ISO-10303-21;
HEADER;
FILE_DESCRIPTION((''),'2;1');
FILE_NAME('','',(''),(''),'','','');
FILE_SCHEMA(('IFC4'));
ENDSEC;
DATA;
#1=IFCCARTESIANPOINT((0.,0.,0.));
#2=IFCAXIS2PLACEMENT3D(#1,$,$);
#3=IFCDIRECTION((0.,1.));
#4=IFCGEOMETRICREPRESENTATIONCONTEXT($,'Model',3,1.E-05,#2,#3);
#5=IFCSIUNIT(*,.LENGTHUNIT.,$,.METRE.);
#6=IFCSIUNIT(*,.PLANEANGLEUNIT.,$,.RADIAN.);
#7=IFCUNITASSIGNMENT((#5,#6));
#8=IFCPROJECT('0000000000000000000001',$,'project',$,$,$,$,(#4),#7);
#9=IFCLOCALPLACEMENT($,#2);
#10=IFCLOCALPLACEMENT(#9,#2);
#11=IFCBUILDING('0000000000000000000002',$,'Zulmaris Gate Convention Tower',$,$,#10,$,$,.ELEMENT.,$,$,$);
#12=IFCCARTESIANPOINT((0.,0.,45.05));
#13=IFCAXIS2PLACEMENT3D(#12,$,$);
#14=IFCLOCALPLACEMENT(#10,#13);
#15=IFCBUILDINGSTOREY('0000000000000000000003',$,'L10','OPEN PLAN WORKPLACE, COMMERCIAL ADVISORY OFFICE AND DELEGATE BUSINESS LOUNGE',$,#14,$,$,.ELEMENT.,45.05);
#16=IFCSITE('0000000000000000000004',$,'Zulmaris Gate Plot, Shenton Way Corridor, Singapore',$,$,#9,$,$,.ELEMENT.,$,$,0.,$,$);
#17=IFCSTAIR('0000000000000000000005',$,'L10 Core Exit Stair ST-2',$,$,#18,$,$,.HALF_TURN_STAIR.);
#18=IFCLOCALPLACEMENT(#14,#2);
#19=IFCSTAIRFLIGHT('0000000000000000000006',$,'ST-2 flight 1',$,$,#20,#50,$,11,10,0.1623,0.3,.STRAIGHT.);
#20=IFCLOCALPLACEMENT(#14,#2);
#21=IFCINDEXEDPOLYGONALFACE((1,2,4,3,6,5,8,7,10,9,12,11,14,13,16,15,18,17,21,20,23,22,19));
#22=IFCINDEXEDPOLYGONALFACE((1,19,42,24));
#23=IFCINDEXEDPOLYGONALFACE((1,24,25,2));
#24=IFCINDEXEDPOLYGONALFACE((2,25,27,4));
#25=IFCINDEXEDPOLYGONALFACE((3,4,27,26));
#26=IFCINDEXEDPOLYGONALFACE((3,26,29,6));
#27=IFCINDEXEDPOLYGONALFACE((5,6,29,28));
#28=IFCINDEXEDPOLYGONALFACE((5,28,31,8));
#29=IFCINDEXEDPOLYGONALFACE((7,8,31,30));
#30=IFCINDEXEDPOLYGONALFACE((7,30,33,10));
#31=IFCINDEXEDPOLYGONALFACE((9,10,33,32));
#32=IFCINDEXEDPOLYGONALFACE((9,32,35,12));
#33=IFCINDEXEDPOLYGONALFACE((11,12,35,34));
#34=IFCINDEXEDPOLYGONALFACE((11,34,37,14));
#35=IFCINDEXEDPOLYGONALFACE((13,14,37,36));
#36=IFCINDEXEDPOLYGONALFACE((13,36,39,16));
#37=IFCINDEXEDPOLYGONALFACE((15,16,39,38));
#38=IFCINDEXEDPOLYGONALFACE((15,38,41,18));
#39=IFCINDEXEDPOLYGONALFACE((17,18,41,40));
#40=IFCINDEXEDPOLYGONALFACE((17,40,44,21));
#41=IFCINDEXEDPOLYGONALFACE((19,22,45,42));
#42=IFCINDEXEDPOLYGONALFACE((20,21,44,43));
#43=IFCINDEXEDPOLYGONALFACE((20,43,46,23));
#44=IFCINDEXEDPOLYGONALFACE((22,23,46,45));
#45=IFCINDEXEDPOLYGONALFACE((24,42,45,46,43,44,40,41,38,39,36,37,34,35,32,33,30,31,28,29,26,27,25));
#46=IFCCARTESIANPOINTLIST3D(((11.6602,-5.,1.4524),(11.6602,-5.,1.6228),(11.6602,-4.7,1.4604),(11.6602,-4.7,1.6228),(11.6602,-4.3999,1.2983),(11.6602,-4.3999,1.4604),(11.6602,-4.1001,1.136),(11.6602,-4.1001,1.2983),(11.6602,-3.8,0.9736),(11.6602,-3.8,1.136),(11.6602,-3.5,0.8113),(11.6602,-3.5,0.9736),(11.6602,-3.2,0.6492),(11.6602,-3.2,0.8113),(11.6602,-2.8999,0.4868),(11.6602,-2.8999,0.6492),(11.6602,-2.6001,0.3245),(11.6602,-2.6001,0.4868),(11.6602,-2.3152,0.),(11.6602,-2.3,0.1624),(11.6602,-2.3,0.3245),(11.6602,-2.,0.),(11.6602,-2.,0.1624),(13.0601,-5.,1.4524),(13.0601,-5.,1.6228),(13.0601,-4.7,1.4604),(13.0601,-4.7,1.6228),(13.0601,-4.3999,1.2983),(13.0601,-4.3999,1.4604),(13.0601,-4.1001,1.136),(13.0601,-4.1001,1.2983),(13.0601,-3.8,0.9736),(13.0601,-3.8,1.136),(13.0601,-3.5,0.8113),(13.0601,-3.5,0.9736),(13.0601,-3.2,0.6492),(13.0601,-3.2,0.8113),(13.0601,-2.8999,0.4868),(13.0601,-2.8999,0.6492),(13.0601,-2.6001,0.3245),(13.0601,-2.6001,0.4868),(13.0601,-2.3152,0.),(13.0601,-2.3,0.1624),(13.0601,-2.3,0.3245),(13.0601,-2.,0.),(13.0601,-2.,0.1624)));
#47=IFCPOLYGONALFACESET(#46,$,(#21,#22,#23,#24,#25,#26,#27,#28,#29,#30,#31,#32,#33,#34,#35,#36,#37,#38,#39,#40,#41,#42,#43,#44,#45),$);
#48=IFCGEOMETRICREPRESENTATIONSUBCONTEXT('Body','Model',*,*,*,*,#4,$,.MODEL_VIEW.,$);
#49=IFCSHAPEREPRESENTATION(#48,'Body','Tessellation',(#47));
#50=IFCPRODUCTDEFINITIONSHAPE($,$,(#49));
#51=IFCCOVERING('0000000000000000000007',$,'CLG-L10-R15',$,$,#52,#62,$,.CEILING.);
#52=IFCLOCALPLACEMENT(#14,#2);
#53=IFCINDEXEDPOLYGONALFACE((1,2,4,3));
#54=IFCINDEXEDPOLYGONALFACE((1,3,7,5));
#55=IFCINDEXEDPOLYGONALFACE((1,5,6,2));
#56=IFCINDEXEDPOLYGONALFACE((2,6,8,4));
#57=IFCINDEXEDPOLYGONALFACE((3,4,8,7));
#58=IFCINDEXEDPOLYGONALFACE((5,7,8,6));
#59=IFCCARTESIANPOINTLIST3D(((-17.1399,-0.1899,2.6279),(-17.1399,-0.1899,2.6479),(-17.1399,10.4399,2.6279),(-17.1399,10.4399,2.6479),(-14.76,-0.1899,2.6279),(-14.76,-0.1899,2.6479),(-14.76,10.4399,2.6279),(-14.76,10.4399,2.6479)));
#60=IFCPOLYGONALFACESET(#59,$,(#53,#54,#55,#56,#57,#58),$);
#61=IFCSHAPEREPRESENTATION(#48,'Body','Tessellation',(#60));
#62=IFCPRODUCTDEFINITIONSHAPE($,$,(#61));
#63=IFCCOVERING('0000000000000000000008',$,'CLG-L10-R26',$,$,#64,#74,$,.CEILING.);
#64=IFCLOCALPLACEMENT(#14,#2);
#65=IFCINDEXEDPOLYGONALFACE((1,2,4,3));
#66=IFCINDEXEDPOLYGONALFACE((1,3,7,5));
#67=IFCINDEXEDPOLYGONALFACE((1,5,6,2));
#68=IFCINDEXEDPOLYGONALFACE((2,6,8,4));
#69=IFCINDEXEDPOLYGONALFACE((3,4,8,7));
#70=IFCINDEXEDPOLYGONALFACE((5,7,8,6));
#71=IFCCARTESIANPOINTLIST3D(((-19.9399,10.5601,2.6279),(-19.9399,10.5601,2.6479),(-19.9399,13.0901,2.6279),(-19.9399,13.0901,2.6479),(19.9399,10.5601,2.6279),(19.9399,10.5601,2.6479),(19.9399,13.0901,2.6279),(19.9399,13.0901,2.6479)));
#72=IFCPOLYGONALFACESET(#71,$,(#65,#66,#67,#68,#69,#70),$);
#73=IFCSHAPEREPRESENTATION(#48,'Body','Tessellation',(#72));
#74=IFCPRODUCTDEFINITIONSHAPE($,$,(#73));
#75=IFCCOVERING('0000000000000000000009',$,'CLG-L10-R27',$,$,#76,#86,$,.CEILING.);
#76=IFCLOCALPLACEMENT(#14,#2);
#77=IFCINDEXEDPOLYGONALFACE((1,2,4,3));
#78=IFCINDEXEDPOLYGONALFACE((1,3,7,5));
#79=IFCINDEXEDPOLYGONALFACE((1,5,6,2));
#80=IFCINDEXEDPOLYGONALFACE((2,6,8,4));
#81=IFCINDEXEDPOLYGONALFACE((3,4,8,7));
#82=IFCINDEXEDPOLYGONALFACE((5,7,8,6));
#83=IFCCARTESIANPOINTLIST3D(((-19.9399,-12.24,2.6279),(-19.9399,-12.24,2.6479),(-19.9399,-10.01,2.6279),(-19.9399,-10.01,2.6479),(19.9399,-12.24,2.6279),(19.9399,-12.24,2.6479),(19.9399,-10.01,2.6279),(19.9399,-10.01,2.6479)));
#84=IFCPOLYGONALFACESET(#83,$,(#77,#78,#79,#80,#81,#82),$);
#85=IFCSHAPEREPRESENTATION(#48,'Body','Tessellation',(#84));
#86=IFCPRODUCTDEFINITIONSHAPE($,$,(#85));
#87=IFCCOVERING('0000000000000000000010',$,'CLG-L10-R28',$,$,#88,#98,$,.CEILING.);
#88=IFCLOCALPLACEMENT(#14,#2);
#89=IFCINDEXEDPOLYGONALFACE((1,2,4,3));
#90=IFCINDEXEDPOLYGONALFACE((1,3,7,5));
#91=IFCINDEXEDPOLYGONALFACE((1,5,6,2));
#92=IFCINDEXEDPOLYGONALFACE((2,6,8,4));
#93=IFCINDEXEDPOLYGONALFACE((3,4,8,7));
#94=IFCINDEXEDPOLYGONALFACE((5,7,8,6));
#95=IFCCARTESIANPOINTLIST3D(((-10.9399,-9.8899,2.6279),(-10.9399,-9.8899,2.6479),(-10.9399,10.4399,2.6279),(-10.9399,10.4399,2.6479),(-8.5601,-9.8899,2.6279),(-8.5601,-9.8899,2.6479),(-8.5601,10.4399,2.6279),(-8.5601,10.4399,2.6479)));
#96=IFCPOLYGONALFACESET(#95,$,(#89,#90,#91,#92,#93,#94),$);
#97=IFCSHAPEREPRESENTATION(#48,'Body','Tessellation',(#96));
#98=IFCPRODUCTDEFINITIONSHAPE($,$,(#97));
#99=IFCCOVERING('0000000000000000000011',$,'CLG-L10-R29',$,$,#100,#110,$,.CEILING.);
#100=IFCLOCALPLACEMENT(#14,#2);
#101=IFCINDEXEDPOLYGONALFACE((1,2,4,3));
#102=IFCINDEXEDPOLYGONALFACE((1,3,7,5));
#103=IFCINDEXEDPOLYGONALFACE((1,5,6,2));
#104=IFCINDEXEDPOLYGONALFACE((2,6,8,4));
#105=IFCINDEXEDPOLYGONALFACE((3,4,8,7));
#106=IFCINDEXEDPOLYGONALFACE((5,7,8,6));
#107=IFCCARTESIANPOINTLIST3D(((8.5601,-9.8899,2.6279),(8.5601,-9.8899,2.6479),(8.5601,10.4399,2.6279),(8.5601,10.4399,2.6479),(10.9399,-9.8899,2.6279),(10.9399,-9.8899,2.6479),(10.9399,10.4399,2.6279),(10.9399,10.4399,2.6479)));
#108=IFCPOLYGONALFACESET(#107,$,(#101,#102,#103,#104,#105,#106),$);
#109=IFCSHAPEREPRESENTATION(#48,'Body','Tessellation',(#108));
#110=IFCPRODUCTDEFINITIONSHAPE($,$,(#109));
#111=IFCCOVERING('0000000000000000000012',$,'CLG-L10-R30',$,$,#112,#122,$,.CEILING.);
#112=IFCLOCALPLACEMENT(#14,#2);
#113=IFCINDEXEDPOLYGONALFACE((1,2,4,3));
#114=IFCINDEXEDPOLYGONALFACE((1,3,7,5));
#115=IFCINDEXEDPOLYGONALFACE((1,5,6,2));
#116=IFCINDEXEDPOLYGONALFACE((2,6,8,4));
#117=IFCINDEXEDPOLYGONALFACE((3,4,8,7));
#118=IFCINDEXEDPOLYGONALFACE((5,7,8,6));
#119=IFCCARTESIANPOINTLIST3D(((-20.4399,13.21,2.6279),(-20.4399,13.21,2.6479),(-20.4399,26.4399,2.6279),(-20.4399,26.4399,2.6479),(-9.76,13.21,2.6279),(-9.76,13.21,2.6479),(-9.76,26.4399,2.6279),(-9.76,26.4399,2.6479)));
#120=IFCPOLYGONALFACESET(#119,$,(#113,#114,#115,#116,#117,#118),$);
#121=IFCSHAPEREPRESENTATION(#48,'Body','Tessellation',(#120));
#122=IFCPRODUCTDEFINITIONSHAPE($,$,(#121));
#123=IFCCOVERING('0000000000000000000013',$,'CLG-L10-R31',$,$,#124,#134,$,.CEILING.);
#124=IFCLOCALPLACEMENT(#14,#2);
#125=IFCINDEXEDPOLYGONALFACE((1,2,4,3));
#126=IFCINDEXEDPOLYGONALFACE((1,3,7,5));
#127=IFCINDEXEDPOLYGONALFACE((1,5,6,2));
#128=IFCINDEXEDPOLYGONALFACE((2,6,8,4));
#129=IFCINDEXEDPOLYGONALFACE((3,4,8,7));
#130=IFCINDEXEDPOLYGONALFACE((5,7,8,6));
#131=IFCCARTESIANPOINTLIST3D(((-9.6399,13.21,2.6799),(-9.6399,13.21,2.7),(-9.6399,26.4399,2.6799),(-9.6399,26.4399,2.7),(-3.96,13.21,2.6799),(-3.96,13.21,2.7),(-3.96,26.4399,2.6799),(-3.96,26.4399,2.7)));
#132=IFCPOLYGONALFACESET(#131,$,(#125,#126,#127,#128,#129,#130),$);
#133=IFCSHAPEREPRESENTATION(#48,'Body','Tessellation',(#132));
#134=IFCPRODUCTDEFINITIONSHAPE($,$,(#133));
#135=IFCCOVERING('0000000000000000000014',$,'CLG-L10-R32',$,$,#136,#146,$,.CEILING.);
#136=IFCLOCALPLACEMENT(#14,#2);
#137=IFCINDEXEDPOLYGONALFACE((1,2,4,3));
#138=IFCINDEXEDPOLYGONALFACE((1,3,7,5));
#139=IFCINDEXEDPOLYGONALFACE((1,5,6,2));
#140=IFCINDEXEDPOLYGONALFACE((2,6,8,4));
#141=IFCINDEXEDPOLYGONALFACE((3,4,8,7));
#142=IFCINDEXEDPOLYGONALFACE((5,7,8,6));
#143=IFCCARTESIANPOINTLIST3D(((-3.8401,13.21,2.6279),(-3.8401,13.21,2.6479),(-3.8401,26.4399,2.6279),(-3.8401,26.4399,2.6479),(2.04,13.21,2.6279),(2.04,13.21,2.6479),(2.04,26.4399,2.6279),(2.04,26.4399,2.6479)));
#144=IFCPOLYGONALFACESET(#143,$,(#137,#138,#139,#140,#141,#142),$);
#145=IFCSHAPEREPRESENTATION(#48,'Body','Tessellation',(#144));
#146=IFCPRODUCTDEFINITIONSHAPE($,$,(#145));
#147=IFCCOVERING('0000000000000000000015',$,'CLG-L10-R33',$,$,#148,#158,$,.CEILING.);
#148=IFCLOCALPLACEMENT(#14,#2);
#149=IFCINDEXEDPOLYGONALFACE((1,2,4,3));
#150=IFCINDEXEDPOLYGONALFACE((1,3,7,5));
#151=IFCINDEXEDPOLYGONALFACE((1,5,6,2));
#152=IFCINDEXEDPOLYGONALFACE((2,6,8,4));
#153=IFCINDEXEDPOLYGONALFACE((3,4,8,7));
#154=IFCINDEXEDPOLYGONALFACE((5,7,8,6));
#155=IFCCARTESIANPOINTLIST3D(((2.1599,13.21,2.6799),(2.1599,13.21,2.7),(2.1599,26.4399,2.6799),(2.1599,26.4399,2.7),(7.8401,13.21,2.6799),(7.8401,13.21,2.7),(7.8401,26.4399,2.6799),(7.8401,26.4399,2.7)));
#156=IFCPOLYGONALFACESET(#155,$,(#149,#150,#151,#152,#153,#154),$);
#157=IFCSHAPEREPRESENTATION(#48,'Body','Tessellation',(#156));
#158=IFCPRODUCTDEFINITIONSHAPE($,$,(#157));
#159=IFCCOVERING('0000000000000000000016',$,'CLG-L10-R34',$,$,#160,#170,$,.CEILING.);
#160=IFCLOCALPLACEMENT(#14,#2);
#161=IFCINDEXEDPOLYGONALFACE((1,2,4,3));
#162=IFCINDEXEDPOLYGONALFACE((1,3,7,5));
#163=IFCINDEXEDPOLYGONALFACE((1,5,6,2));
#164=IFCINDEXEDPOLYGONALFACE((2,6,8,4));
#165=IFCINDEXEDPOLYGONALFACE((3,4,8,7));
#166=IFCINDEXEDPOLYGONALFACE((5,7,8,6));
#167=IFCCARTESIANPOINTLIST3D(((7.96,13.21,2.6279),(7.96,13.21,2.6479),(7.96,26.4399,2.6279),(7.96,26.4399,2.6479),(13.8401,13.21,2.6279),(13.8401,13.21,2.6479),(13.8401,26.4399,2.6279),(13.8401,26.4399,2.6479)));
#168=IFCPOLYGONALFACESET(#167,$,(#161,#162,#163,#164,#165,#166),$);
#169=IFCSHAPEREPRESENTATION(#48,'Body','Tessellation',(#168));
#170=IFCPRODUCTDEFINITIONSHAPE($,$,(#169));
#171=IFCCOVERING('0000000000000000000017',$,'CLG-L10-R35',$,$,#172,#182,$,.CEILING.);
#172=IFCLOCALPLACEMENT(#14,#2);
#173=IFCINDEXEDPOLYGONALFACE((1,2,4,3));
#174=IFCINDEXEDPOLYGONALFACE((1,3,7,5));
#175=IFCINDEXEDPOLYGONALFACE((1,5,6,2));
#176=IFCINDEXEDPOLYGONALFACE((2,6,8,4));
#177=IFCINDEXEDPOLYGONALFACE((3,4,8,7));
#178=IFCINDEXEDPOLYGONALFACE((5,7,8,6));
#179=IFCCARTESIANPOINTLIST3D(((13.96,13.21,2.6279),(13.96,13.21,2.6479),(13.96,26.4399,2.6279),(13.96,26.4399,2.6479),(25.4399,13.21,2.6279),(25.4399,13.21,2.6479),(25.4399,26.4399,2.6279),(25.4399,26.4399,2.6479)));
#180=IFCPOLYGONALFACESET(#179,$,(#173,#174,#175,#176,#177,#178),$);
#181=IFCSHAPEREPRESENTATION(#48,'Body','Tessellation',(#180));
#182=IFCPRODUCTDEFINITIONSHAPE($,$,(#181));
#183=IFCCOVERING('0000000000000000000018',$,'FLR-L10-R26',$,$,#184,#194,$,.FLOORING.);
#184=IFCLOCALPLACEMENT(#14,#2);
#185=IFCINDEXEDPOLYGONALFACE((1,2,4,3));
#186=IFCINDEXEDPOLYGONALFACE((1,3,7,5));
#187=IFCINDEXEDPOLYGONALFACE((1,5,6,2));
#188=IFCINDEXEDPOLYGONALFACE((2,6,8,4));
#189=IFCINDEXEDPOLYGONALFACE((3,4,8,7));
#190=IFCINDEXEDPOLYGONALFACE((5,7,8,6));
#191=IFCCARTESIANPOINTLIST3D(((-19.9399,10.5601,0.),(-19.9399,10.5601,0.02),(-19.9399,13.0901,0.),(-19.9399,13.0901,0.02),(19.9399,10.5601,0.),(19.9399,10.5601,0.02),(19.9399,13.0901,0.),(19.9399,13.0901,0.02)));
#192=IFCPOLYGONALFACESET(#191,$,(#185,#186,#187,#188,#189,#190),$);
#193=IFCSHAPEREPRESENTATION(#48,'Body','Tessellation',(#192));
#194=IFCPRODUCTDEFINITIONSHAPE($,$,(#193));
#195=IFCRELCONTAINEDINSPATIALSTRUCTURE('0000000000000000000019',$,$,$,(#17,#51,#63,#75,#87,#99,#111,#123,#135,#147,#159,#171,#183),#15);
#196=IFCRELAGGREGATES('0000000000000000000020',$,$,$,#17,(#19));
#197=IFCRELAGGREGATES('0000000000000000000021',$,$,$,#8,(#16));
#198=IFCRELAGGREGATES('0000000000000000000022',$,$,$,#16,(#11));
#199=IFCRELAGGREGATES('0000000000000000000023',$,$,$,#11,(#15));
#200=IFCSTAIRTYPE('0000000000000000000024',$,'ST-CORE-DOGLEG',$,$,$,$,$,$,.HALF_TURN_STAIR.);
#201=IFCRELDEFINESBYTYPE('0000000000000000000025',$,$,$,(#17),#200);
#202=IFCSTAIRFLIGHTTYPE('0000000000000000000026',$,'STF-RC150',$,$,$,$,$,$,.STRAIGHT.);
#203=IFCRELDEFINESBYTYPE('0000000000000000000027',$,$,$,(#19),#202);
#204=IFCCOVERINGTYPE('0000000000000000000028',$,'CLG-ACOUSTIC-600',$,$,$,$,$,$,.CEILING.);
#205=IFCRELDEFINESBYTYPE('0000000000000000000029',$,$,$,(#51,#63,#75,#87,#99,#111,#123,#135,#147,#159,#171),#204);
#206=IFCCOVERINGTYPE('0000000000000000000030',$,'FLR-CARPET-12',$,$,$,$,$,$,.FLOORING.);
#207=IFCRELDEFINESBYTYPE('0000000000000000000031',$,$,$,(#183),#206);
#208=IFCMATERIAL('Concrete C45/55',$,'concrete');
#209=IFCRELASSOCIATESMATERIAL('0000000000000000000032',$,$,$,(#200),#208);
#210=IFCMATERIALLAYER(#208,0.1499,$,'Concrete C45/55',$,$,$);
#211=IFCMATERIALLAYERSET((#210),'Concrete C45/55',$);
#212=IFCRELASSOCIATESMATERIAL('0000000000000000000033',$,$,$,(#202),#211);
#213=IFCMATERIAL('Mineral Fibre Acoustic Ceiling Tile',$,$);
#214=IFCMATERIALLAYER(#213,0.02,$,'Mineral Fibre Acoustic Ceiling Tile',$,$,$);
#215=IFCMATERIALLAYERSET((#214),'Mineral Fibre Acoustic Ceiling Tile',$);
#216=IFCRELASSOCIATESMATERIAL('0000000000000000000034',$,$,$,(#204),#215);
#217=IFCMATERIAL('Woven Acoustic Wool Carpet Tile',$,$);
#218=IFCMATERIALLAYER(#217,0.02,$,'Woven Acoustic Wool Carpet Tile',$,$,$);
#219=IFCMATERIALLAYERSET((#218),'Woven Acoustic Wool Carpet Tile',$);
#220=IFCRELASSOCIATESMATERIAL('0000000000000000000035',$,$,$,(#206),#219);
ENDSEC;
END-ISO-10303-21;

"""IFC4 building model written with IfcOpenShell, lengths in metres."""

from ifc_helpers import new_model, si_unit, direction, frame, origin, place, context, subcontext, project, spatial, polyline, outline, extrude, material, layer, layer_set, type_object, element, aggregate, save


model = new_model("IFC4")

# Units and contexts
model_context = context("Model", 3, precision=1e-05, world=origin(), true_north=direction((0.0, 1.0)))
body_context = subcontext(model_context, "Body", "Model", "MODEL_VIEW")
ifc_project = project(units=[si_unit("LENGTHUNIT", "METRE"), si_unit("PLANEANGLEUNIT", "RADIAN")], contexts=[model_context])

# Site, building, storey
site_placement = place(None, origin())
site = spatial("IfcSite", under=ifc_project, at=site_placement, Name="Zulmaris Gate Plot, Shenton Way Corridor, Singapore", CompositionType="ELEMENT", RefElevation=0.0)
building_placement = place(site_placement, origin())
building = spatial("IfcBuilding", under=site, at=building_placement, Name="Zulmaris Gate Convention Tower", CompositionType="ELEMENT")
storey_placement = place(building_placement, frame((0.0, 0.0, 45.05)))
storey = spatial("IfcBuildingStorey", under=building, at=storey_placement, Name="L10", Description="OPEN PLAN WORKPLACE, COMMERCIAL ADVISORY OFFICE AND DELEGATE BUSINESS LOUNGE", CompositionType="ELEMENT", Elevation=45.05)

# Stair, stair flight
ifc_material_1 = material(Name="Concrete C45/55", Category="concrete")
stair_type = type_object("IfcStairType", Name="ST-CORE-DOGLEG", PredefinedType="HALF_TURN_STAIR", material=ifc_material_1)
stair_placement = place(storey_placement, origin())
stair = element("IfcStair", 1, at=stair_placement, inside=storey, type_object=stair_type, Name="L10 Core Exit Stair ST-2", PredefinedType="HALF_TURN_STAIR")
ifc_layer_1 = layer(ifc_material_1, 0.1499, Name="Concrete C45/55")
ifc_layer_set_1 = layer_set([ifc_layer_1], Name="Concrete C45/55")
stair_flight_type = type_object("IfcStairFlightType", Name="STF-RC150", PredefinedType="STRAIGHT", material=ifc_layer_set_1)
stair_flight_placement = place(storey_placement, frame((12.3601, -2.0, 0.0), z_axis=(0.0, 0.0, 1.0), x_axis=(0.0, -1.0, 0.0)))
stair_flight = element("IfcStairFlight", 2, at=stair_flight_placement, type_object=stair_flight_type, Name="ST-2 flight 1", NumberOfRisers=11, NumberOfTreads=10, PredefinedType="STRAIGHT", RiserHeight=0.1623, TreadLength=0.3, context=body_context, shape_type="SweptSolid", body=[
    extrude(outline(polyline([(0.0, 0.0), (0.0, 0.1624), (0.3, 0.1624), (0.3, 0.3245), (0.6001, 0.3245), (0.6001, 0.4868), (0.8999, 0.4868), (0.8999, 0.6492), (1.2, 0.6492), (1.2, 0.8113), (1.5, 0.8113), (1.5, 0.9736), (1.8, 0.9736), (1.8, 1.136), (2.1001, 1.136), (2.1001, 1.2983), (2.3999, 1.2983), (2.3999, 1.4604), (2.7, 1.4604), (2.7, 1.6228), (3.0, 1.6228), (3.0, 1.7852), (3.0, 1.4524), (0.3152, 0.0), (0.0, 0.0)])), frame((0.0, 0.7, 0.0), z_axis=(0.0, -1.0, 0.0), x_axis=(1.0, 0.0, 0.0)), (0.0, 0.0, 1.0), 1.3999),
])
aggregate(stair, [stair_flight])

# Coverings
ifc_material_2 = material(Name="Mineral Fibre Acoustic Ceiling Tile")
ifc_layer_2 = layer(ifc_material_2, 0.02, Name="Mineral Fibre Acoustic Ceiling Tile")
ifc_layer_set_2 = layer_set([ifc_layer_2], Name="Mineral Fibre Acoustic Ceiling Tile")
covering_type_1 = type_object("IfcCoveringType", Name="CLG-ACOUSTIC-600", PredefinedType="CEILING", material=ifc_layer_set_2)
covering_1_placement = place(storey_placement, frame((0.0, 0.0, 2.6279)))
element("IfcCovering", 3, at=covering_1_placement, inside=storey, type_object=covering_type_1, Name="CLG-L10-R15", PredefinedType="CEILING", context=body_context, shape_type="SweptSolid", body=[
    extrude(outline(polyline([(-17.1399, -0.1899), (-14.76, -0.1899), (-14.76, 10.4399), (-17.1399, 10.4399), (-17.1399, -0.1899)])), origin(), (0.0, 0.0, 1.0), 0.02),
])
covering_2_placement = place(storey_placement, frame((0.0, 0.0, 2.6279)))
element("IfcCovering", 4, at=covering_2_placement, inside=storey, type_object=covering_type_1, Name="CLG-L10-R26", PredefinedType="CEILING", context=body_context, shape_type="SweptSolid", body=[
    extrude(outline(polyline([(-19.9399, 10.5601), (19.9399, 10.5601), (19.9399, 13.0901), (-19.9399, 13.0901), (-19.9399, 10.5601)])), origin(), (0.0, 0.0, 1.0), 0.02),
])
covering_3_placement = place(storey_placement, frame((0.0, 0.0, 2.6279)))
element("IfcCovering", 5, at=covering_3_placement, inside=storey, type_object=covering_type_1, Name="CLG-L10-R27", PredefinedType="CEILING", context=body_context, shape_type="SweptSolid", body=[
    extrude(outline(polyline([(-19.9399, -12.24), (19.9399, -12.24), (19.9399, -10.01), (-19.9399, -10.01), (-19.9399, -12.24)])), origin(), (0.0, 0.0, 1.0), 0.02),
])
covering_4_placement = place(storey_placement, frame((0.0, 0.0, 2.6279)))
element("IfcCovering", 6, at=covering_4_placement, inside=storey, type_object=covering_type_1, Name="CLG-L10-R28", PredefinedType="CEILING", context=body_context, shape_type="SweptSolid", body=[
    extrude(outline(polyline([(-10.9399, -9.8899), (-8.5601, -9.8899), (-8.5601, 10.4399), (-10.9399, 10.4399), (-10.9399, -9.8899)])), origin(), (0.0, 0.0, 1.0), 0.02),
])
covering_5_placement = place(storey_placement, frame((0.0, 0.0, 2.6279)))
element("IfcCovering", 7, at=covering_5_placement, inside=storey, type_object=covering_type_1, Name="CLG-L10-R29", PredefinedType="CEILING", context=body_context, shape_type="SweptSolid", body=[
    extrude(outline(polyline([(8.5601, -9.8899), (10.9399, -9.8899), (10.9399, 10.4399), (8.5601, 10.4399), (8.5601, -9.8899)])), origin(), (0.0, 0.0, 1.0), 0.02),
])
covering_6_placement = place(storey_placement, frame((0.0, 0.0, 2.6279)))
element("IfcCovering", 8, at=covering_6_placement, inside=storey, type_object=covering_type_1, Name="CLG-L10-R30", PredefinedType="CEILING", context=body_context, shape_type="SweptSolid", body=[
    extrude(outline(polyline([(-20.4399, 13.21), (-9.76, 13.21), (-9.76, 26.4399), (-20.4399, 26.4399), (-20.4399, 13.21)])), origin(), (0.0, 0.0, 1.0), 0.02),
])
covering_7_placement = place(storey_placement, frame((0.0, 0.0, 2.6799)))
element("IfcCovering", 9, at=covering_7_placement, inside=storey, type_object=covering_type_1, Name="CLG-L10-R31", PredefinedType="CEILING", context=body_context, shape_type="SweptSolid", body=[
    extrude(outline(polyline([(-9.6399, 13.21), (-3.96, 13.21), (-3.96, 26.4399), (-9.6399, 26.4399), (-9.6399, 13.21)])), origin(), (0.0, 0.0, 1.0), 0.02),
])
covering_8_placement = place(storey_placement, frame((0.0, 0.0, 2.6279)))
element("IfcCovering", 10, at=covering_8_placement, inside=storey, type_object=covering_type_1, Name="CLG-L10-R32", PredefinedType="CEILING", context=body_context, shape_type="SweptSolid", body=[
    extrude(outline(polyline([(-3.8401, 13.21), (2.04, 13.21), (2.04, 26.4399), (-3.8401, 26.4399), (-3.8401, 13.21)])), origin(), (0.0, 0.0, 1.0), 0.02),
])
covering_9_placement = place(storey_placement, frame((0.0, 0.0, 2.6799)))
element("IfcCovering", 11, at=covering_9_placement, inside=storey, type_object=covering_type_1, Name="CLG-L10-R33", PredefinedType="CEILING", context=body_context, shape_type="SweptSolid", body=[
    extrude(outline(polyline([(2.1599, 13.21), (7.8401, 13.21), (7.8401, 26.4399), (2.1599, 26.4399), (2.1599, 13.21)])), origin(), (0.0, 0.0, 1.0), 0.02),
])
covering_10_placement = place(storey_placement, frame((0.0, 0.0, 2.6279)))
element("IfcCovering", 12, at=covering_10_placement, inside=storey, type_object=covering_type_1, Name="CLG-L10-R34", PredefinedType="CEILING", context=body_context, shape_type="SweptSolid", body=[
    extrude(outline(polyline([(7.96, 13.21), (13.8401, 13.21), (13.8401, 26.4399), (7.96, 26.4399), (7.96, 13.21)])), origin(), (0.0, 0.0, 1.0), 0.02),
])
covering_11_placement = place(storey_placement, frame((0.0, 0.0, 2.6279)))
element("IfcCovering", 13, at=covering_11_placement, inside=storey, type_object=covering_type_1, Name="CLG-L10-R35", PredefinedType="CEILING", context=body_context, shape_type="SweptSolid", body=[
    extrude(outline(polyline([(13.96, 13.21), (25.4399, 13.21), (25.4399, 26.4399), (13.96, 26.4399), (13.96, 13.21)])), origin(), (0.0, 0.0, 1.0), 0.02),
])
ifc_material_3 = material(Name="Woven Acoustic Wool Carpet Tile")
ifc_layer_3 = layer(ifc_material_3, 0.02, Name="Woven Acoustic Wool Carpet Tile")
ifc_layer_set_3 = layer_set([ifc_layer_3], Name="Woven Acoustic Wool Carpet Tile")
covering_type_2 = type_object("IfcCoveringType", Name="FLR-CARPET-12", PredefinedType="FLOORING", material=ifc_layer_set_3)
covering_12_placement = place(storey_placement, origin())
element("IfcCovering", 14, at=covering_12_placement, inside=storey, type_object=covering_type_2, Name="FLR-L10-R26", PredefinedType="FLOORING", context=body_context, shape_type="SweptSolid", body=[
    extrude(outline(polyline([(-19.9399, 10.5601), (19.9399, 10.5601), (19.9399, 13.0901), (-19.9399, 13.0901), (-19.9399, 10.5601)])), origin(), (0.0, 0.0, 1.0), 0.02),
])

save(model, "model.ifc")
